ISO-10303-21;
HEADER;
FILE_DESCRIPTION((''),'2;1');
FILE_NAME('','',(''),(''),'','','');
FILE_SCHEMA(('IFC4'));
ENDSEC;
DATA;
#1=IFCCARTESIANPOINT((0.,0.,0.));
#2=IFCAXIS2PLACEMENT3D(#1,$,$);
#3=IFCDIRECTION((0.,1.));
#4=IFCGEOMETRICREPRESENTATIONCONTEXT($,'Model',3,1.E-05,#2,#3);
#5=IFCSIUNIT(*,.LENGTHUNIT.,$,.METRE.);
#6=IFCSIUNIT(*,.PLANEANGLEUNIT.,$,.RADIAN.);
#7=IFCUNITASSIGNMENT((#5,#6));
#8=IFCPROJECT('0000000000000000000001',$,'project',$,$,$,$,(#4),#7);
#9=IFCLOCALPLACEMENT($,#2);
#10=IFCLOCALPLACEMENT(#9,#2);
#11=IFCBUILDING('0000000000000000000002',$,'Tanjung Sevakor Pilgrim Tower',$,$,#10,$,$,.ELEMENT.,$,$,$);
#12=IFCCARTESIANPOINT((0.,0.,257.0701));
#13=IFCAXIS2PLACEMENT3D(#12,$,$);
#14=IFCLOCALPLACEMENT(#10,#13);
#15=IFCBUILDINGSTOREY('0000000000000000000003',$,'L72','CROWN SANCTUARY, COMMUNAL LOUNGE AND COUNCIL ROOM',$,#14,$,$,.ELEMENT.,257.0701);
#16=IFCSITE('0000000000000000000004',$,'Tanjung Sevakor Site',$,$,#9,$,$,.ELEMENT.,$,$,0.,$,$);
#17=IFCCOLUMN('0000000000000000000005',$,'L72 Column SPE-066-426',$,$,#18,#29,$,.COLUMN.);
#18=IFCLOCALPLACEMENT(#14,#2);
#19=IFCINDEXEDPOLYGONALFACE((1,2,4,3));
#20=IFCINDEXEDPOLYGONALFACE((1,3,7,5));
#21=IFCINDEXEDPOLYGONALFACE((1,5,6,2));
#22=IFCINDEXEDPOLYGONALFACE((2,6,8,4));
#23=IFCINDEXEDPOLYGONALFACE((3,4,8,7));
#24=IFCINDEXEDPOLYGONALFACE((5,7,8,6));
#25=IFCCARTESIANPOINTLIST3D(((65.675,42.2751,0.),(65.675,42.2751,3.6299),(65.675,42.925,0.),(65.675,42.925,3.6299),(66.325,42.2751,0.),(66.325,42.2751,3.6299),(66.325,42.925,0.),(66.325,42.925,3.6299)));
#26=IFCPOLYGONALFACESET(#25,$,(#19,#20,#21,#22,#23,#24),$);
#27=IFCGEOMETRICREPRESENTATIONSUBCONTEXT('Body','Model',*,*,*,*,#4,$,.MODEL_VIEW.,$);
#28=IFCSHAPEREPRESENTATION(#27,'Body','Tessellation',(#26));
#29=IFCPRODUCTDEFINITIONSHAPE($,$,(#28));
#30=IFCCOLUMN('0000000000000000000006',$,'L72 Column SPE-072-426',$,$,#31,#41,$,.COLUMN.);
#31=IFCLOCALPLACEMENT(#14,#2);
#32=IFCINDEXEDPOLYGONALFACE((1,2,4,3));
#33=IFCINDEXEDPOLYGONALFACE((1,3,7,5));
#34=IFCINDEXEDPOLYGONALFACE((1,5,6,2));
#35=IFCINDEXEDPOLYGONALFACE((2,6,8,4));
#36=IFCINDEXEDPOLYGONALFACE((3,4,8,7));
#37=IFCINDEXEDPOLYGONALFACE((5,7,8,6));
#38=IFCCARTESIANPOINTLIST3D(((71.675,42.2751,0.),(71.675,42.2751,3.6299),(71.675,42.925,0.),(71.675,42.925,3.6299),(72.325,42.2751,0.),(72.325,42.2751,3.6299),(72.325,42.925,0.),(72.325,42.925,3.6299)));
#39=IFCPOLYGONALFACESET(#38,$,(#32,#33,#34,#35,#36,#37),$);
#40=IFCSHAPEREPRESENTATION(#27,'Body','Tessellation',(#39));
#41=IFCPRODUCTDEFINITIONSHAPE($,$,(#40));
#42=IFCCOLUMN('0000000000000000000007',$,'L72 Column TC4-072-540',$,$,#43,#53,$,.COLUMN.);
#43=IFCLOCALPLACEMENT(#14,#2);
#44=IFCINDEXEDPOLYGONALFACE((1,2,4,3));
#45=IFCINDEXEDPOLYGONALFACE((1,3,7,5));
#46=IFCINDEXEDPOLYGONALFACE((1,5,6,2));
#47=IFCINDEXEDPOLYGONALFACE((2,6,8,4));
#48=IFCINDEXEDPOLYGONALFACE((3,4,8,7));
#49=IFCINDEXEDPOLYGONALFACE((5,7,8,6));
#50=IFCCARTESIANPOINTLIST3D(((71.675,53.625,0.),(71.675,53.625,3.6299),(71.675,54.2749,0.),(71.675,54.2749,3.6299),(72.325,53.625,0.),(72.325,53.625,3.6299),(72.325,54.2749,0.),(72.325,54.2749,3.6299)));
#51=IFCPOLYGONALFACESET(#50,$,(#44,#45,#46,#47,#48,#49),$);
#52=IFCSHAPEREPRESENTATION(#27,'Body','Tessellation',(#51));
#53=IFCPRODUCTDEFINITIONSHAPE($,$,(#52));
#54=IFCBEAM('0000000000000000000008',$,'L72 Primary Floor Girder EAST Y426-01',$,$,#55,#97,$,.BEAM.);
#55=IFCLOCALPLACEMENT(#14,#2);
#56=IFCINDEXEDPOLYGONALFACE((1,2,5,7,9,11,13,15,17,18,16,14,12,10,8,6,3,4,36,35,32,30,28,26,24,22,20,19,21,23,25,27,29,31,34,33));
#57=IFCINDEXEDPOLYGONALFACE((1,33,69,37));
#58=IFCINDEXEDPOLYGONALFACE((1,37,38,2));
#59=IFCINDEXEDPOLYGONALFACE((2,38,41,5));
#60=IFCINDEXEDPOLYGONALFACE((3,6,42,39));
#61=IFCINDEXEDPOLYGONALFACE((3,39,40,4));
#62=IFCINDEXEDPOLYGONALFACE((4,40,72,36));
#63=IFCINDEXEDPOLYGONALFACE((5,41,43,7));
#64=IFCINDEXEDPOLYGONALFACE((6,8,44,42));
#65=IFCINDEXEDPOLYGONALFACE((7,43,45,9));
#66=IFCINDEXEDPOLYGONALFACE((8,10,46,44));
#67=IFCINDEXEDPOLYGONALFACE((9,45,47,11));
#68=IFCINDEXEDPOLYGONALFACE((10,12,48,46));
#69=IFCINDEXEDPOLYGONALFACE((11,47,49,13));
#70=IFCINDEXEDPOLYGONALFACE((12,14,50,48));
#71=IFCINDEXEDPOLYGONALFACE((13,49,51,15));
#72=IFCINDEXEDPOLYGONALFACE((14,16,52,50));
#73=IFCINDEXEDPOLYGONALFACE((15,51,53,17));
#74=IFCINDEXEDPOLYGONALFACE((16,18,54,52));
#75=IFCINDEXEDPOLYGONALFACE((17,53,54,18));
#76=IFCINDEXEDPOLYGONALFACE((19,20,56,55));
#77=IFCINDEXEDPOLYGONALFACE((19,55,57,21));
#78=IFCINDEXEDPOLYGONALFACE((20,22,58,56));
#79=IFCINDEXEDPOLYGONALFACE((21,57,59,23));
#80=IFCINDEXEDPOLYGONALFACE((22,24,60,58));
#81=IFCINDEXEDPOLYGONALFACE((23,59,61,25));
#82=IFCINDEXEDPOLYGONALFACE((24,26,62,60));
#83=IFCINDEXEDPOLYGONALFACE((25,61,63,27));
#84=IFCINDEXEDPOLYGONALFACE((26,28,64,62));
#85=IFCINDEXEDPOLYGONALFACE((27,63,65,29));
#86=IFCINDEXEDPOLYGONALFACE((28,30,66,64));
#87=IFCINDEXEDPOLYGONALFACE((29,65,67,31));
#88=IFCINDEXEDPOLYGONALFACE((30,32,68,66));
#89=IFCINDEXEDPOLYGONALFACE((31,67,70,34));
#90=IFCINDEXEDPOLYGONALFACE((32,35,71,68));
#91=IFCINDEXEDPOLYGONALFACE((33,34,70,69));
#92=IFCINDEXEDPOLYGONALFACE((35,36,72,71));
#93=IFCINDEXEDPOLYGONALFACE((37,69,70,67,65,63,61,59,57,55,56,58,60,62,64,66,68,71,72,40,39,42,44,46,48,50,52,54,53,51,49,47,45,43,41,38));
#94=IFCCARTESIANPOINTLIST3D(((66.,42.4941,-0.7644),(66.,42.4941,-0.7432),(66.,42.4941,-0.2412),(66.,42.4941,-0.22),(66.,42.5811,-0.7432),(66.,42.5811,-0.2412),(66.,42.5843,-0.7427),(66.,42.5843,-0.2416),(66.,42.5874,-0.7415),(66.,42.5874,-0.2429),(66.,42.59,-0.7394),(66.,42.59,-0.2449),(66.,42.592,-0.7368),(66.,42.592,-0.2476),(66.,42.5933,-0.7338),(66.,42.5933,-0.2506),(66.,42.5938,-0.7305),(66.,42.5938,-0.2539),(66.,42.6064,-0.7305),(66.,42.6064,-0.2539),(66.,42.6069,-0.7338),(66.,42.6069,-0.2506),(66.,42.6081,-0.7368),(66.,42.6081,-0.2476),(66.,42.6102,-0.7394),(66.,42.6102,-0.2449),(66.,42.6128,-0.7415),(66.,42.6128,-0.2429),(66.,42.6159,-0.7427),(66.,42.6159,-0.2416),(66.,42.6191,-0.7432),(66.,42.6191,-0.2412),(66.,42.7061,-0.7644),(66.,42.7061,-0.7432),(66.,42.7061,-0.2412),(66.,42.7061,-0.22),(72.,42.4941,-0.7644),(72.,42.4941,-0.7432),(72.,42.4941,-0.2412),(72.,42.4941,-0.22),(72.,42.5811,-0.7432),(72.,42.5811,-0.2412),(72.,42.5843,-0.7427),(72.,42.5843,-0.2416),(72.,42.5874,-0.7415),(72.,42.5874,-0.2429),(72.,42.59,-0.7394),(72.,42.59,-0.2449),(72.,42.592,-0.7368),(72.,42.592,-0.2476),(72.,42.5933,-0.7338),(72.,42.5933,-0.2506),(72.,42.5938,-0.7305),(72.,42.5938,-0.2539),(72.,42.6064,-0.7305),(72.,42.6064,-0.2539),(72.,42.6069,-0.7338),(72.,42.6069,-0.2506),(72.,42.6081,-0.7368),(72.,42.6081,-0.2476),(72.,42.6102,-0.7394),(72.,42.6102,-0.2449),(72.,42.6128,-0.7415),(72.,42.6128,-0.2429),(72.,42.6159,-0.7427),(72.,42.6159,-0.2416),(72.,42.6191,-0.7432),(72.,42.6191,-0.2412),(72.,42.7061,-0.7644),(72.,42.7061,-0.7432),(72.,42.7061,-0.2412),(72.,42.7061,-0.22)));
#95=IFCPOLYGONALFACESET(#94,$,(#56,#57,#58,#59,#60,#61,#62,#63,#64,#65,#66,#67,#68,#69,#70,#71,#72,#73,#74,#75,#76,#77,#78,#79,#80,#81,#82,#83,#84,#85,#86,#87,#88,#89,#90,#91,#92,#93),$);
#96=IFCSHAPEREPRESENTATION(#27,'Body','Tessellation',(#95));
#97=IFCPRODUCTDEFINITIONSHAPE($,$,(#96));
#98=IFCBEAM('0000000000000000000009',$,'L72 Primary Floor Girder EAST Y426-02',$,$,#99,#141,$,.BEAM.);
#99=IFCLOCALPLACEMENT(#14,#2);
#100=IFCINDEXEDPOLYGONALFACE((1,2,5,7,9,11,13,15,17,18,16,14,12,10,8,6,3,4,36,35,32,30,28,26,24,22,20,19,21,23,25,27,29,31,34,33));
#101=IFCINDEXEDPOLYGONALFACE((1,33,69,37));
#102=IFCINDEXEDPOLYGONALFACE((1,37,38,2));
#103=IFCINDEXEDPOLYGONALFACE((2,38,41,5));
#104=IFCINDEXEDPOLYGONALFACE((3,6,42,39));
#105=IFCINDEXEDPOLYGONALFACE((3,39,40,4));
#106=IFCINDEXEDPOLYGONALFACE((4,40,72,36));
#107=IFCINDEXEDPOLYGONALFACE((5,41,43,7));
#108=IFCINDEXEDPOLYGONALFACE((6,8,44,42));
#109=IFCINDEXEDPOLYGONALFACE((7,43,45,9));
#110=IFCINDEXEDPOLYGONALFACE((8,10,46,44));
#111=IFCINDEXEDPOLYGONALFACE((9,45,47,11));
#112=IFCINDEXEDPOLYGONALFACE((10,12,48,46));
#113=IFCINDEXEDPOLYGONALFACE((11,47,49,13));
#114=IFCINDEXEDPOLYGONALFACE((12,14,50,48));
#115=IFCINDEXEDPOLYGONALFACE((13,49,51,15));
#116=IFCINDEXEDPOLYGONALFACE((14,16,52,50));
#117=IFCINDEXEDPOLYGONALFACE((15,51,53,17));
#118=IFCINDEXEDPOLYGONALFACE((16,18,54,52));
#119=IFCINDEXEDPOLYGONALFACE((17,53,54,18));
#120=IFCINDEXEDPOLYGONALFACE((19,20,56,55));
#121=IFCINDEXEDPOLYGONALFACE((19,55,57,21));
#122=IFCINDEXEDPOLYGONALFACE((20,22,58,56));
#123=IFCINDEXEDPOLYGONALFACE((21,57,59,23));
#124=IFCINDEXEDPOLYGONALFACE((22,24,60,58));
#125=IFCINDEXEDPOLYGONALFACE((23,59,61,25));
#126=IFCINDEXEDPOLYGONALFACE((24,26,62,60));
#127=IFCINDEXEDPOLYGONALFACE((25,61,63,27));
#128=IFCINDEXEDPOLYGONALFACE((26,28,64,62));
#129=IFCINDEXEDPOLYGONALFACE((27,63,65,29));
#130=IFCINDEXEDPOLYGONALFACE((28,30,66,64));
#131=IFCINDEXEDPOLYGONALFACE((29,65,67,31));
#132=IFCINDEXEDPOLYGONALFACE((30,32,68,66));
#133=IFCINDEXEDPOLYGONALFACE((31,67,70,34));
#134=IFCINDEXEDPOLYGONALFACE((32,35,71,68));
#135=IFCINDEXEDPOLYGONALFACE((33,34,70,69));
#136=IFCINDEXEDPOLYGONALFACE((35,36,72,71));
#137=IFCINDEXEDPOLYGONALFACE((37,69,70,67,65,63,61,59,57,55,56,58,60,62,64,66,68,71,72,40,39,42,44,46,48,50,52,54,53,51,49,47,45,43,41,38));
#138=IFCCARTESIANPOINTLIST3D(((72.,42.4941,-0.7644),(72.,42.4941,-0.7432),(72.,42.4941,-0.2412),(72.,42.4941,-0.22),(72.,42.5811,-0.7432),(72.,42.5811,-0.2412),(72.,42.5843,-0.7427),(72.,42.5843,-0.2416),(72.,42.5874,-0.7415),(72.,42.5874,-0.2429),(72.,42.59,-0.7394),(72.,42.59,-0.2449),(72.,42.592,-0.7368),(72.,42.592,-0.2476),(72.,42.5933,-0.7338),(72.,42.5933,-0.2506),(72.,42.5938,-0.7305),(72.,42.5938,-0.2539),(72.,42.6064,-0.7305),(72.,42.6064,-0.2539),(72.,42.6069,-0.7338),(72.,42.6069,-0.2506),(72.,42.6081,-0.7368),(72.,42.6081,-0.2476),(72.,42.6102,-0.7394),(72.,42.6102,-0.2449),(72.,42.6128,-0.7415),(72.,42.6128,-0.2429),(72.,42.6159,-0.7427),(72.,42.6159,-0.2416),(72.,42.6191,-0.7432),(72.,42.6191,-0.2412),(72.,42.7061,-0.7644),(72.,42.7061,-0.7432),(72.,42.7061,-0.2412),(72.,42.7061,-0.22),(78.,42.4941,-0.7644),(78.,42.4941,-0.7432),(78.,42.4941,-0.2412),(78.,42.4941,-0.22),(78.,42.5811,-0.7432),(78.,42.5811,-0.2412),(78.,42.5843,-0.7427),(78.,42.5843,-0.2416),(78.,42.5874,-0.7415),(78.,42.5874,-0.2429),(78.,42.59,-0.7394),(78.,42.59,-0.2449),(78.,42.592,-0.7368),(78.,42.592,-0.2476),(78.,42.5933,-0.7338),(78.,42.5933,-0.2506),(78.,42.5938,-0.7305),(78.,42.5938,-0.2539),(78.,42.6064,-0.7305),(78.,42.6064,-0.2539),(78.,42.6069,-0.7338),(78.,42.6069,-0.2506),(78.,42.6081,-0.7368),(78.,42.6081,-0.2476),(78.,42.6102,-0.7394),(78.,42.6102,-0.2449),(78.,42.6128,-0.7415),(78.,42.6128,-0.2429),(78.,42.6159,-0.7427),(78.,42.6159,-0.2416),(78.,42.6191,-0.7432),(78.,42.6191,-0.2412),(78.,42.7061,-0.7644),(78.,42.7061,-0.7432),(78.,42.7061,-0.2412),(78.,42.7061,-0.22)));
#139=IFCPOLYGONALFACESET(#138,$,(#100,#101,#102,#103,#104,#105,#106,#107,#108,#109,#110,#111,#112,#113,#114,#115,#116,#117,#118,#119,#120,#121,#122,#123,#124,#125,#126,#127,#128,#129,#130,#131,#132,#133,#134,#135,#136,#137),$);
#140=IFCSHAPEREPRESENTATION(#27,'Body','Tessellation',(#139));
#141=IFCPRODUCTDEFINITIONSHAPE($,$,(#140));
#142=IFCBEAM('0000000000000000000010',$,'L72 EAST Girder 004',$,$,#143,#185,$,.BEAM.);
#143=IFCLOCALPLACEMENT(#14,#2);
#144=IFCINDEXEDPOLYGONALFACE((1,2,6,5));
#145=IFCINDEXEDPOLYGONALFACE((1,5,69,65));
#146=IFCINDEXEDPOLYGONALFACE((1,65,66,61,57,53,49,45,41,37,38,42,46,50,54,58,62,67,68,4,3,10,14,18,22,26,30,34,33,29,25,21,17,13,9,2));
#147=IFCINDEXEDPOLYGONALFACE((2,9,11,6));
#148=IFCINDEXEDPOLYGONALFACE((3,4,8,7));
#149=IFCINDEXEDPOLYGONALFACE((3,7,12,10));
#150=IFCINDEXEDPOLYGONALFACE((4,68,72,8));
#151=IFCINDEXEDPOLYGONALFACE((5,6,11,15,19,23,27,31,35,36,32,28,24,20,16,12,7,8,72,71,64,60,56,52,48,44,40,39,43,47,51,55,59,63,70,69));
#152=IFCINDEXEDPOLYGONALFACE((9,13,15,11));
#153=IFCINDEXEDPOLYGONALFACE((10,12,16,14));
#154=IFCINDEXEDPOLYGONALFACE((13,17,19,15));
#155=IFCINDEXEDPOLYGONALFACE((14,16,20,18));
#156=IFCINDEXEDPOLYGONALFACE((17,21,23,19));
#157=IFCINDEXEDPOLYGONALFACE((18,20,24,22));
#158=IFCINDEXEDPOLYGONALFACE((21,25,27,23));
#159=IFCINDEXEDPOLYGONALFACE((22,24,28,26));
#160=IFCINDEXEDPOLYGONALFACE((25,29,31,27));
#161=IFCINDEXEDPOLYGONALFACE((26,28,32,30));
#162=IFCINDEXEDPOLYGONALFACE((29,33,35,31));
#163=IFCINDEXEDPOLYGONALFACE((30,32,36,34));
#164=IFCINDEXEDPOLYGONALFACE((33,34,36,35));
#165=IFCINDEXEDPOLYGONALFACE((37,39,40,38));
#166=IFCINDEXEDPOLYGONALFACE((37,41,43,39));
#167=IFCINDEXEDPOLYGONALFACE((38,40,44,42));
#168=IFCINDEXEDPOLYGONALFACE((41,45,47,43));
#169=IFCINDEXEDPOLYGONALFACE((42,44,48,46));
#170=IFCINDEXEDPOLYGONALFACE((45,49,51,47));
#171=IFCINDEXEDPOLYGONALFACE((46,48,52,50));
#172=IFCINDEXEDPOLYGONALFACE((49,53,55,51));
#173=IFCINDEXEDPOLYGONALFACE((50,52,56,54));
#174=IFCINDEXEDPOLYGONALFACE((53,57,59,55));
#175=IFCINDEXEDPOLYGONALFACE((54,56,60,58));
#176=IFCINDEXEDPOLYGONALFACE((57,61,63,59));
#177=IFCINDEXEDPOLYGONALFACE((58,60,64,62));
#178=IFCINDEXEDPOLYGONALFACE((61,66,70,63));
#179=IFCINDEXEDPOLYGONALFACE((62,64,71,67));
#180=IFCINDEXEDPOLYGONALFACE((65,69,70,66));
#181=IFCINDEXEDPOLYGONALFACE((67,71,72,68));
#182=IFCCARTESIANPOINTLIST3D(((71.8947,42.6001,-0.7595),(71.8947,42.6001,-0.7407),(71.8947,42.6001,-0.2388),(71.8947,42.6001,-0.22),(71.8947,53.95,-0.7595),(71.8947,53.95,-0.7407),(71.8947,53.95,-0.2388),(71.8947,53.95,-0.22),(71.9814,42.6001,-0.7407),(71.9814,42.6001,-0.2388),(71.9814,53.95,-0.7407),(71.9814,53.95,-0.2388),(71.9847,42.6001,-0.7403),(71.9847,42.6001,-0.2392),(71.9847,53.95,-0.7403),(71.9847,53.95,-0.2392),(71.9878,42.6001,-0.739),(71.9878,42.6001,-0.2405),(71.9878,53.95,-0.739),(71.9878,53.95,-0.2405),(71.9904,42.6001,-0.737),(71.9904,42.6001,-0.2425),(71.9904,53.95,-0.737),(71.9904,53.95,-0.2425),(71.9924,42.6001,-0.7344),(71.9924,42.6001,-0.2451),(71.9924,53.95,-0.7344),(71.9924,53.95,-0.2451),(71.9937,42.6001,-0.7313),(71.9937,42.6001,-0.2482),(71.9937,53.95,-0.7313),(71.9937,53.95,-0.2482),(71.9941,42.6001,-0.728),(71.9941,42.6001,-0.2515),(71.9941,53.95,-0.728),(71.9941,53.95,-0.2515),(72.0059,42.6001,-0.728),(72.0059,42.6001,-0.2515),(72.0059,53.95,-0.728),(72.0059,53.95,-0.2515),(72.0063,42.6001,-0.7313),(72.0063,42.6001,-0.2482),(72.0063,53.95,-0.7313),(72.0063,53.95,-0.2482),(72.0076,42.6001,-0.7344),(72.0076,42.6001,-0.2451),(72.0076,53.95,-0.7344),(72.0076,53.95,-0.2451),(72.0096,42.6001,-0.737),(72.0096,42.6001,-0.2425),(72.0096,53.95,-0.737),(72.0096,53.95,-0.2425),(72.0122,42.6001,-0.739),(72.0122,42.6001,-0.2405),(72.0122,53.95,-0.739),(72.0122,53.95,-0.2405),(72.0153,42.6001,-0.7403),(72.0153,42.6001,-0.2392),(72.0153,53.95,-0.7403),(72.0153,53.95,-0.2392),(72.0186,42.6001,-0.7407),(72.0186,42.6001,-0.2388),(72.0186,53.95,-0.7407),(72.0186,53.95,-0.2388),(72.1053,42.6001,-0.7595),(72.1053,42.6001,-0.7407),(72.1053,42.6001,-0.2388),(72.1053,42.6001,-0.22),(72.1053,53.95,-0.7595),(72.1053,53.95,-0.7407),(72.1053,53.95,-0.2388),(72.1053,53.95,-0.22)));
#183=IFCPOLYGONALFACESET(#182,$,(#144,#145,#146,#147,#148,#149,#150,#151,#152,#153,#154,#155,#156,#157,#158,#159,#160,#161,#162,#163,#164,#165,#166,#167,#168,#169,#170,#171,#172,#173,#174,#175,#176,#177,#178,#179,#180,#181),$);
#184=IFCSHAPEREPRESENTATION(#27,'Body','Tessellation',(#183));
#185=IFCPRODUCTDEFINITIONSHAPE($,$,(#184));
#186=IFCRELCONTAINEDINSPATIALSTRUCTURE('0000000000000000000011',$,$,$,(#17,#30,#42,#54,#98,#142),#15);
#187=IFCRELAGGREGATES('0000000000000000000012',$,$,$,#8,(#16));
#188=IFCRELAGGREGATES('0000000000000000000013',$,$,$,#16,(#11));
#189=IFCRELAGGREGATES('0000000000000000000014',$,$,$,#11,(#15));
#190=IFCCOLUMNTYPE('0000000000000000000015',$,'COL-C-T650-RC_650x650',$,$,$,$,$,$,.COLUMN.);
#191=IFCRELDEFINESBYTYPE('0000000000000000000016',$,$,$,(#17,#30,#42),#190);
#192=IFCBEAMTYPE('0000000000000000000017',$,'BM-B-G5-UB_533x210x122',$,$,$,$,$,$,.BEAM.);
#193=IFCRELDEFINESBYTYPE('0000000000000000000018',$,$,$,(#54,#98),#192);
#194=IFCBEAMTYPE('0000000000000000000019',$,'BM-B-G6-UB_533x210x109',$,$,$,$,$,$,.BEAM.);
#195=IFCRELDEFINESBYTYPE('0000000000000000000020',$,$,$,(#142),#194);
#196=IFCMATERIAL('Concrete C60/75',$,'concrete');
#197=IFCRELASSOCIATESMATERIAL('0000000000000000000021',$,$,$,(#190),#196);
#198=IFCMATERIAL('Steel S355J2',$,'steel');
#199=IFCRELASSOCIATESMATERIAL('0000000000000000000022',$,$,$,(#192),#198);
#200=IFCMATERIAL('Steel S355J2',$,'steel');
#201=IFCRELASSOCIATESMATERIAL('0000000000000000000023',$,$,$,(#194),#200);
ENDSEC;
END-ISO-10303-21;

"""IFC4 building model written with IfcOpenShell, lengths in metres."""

from ifc_helpers import new_model, si_unit, direction, frame, origin, origin_2d, place, context, subcontext, project, spatial, rectangle, i_section, extrude, material, material_profile, profile_set, type_object, element, save


model = new_model("IFC4")

# Units and contexts
model_context = context("Model", 3, precision=1e-05, world=origin(), true_north=direction((0.0, 1.0)))
body_context = subcontext(model_context, "Body", "Model", "MODEL_VIEW")
ifc_project = project(units=[si_unit("LENGTHUNIT", "METRE"), si_unit("PLANEANGLEUNIT", "RADIAN")], contexts=[model_context])

# Site, building, storey
site_placement = place(None, origin())
site = spatial("IfcSite", under=ifc_project, at=site_placement, Name="Tanjung Sevakor Site", CompositionType="ELEMENT", RefElevation=0.0)
building_placement = place(site_placement, origin())
building = spatial("IfcBuilding", under=site, at=building_placement, Name="Tanjung Sevakor Pilgrim Tower", CompositionType="ELEMENT")
storey_placement = place(building_placement, frame((0.0, 0.0, 257.0701)))
storey = spatial("IfcBuildingStorey", under=building, at=storey_placement, Name="L72", Description="CROWN SANCTUARY, COMMUNAL LOUNGE AND COUNCIL ROOM", CompositionType="ELEMENT", Elevation=257.0701)

# Columns
ifc_material_1 = material(Name="Concrete C60/75", Category="concrete")
ifc_material_profile_1 = material_profile(ifc_material_1, rectangle(XDim=0.6499, YDim=0.6499, at=origin_2d()))
ifc_profile_set_1 = profile_set([ifc_material_profile_1], Name="Concrete C60/75")
column_type = type_object("IfcColumnType", Name="COL-C-T650-RC_650x650", PredefinedType="COLUMN", material=ifc_profile_set_1)
for number, where, z_axis, x_axis, name in (
    (1, (66.0, 42.6001, 0.0), (0.0, 0.0, 1.0), (1.0, 0.0, 0.0), "L72 Column SPE-066-426"),
    (2, (72.0, 42.6001, 0.0), (0.0, 0.0, 1.0), (1.0, 0.0, 0.0), "L72 Column SPE-072-426"),
    (3, (72.0, 53.95, 0.0), (0.0, 0.0, 1.0), (1.0, 0.0, 0.0), "L72 Column TC4-072-540"),
):
    element("IfcColumn", number, at=place(storey_placement, frame(where, z_axis=z_axis, x_axis=x_axis)), inside=storey, type_object=column_type, Name=name, PredefinedType="COLUMN", context=body_context, shape_type="SweptSolid", body=[
        extrude(rectangle(XDim=0.6499, YDim=0.6499, at=origin_2d()), origin(), (0.0, 0.0, 1.0), 3.6299),
    ])

# Beams
ifc_material_2 = material(Name="Steel S355J2", Category="steel")
ifc_material_profile_2 = material_profile(ifc_material_2, i_section(OverallWidth=0.2119, OverallDepth=0.5444, WebThickness=0.0127, FlangeThickness=0.0212, FilletRadius=0.0127, at=origin_2d()))
ifc_profile_set_2 = profile_set([ifc_material_profile_2], Name="Steel S355J2")
beam_type_1 = type_object("IfcBeamType", Name="BM-B-G5-UB_533x210x122", PredefinedType="BEAM", material=ifc_profile_set_2)
for number, where, z_axis, x_axis, name in (
    (4, (66.0, 42.6001, -0.4922), (1.0, 0.0, 0.0), (0.0, 1.0, 0.0), "L72 Primary Floor Girder EAST Y426-01"),
    (5, (72.0, 42.6001, -0.4922), (1.0, 0.0, 0.0), (0.0, 1.0, 0.0), "L72 Primary Floor Girder EAST Y426-02"),
):
    element("IfcBeam", number, at=place(storey_placement, frame(where, z_axis=z_axis, x_axis=x_axis)), inside=storey, type_object=beam_type_1, Name=name, PredefinedType="BEAM", context=body_context, shape_type="SweptSolid", body=[
        extrude(i_section(OverallWidth=0.2119, OverallDepth=0.5444, WebThickness=0.0127, FlangeThickness=0.0212, FilletRadius=0.0127, at=origin_2d()), origin(), (0.0, 0.0, 1.0), 6.0),
    ])
ifc_material_3 = material(Name="Steel S355J2", Category="steel")
ifc_material_profile_3 = material_profile(ifc_material_3, i_section(OverallWidth=0.2107, OverallDepth=0.5396, WebThickness=0.0117, FlangeThickness=0.0188, FilletRadius=0.0127, at=origin_2d()))
ifc_profile_set_3 = profile_set([ifc_material_profile_3], Name="Steel S355J2")
beam_type_2 = type_object("IfcBeamType", Name="BM-B-G6-UB_533x210x109", PredefinedType="BEAM", material=ifc_profile_set_3)
beam_1_placement = place(storey_placement, frame((72.0, 42.6001, -0.4897), z_axis=(0.0, 1.0, 0.0), x_axis=(-1.0, 0.0, 0.0)))
element("IfcBeam", 6, at=beam_1_placement, inside=storey, type_object=beam_type_2, Name="L72 EAST Girder 004", PredefinedType="BEAM", context=body_context, shape_type="SweptSolid", body=[
    extrude(i_section(OverallWidth=0.2107, OverallDepth=0.5396, WebThickness=0.0117, FlangeThickness=0.0188, FilletRadius=0.0127, at=origin_2d()), origin(), (0.0, 0.0, 1.0), 11.3499),
])

save(model, "model.ifc")
